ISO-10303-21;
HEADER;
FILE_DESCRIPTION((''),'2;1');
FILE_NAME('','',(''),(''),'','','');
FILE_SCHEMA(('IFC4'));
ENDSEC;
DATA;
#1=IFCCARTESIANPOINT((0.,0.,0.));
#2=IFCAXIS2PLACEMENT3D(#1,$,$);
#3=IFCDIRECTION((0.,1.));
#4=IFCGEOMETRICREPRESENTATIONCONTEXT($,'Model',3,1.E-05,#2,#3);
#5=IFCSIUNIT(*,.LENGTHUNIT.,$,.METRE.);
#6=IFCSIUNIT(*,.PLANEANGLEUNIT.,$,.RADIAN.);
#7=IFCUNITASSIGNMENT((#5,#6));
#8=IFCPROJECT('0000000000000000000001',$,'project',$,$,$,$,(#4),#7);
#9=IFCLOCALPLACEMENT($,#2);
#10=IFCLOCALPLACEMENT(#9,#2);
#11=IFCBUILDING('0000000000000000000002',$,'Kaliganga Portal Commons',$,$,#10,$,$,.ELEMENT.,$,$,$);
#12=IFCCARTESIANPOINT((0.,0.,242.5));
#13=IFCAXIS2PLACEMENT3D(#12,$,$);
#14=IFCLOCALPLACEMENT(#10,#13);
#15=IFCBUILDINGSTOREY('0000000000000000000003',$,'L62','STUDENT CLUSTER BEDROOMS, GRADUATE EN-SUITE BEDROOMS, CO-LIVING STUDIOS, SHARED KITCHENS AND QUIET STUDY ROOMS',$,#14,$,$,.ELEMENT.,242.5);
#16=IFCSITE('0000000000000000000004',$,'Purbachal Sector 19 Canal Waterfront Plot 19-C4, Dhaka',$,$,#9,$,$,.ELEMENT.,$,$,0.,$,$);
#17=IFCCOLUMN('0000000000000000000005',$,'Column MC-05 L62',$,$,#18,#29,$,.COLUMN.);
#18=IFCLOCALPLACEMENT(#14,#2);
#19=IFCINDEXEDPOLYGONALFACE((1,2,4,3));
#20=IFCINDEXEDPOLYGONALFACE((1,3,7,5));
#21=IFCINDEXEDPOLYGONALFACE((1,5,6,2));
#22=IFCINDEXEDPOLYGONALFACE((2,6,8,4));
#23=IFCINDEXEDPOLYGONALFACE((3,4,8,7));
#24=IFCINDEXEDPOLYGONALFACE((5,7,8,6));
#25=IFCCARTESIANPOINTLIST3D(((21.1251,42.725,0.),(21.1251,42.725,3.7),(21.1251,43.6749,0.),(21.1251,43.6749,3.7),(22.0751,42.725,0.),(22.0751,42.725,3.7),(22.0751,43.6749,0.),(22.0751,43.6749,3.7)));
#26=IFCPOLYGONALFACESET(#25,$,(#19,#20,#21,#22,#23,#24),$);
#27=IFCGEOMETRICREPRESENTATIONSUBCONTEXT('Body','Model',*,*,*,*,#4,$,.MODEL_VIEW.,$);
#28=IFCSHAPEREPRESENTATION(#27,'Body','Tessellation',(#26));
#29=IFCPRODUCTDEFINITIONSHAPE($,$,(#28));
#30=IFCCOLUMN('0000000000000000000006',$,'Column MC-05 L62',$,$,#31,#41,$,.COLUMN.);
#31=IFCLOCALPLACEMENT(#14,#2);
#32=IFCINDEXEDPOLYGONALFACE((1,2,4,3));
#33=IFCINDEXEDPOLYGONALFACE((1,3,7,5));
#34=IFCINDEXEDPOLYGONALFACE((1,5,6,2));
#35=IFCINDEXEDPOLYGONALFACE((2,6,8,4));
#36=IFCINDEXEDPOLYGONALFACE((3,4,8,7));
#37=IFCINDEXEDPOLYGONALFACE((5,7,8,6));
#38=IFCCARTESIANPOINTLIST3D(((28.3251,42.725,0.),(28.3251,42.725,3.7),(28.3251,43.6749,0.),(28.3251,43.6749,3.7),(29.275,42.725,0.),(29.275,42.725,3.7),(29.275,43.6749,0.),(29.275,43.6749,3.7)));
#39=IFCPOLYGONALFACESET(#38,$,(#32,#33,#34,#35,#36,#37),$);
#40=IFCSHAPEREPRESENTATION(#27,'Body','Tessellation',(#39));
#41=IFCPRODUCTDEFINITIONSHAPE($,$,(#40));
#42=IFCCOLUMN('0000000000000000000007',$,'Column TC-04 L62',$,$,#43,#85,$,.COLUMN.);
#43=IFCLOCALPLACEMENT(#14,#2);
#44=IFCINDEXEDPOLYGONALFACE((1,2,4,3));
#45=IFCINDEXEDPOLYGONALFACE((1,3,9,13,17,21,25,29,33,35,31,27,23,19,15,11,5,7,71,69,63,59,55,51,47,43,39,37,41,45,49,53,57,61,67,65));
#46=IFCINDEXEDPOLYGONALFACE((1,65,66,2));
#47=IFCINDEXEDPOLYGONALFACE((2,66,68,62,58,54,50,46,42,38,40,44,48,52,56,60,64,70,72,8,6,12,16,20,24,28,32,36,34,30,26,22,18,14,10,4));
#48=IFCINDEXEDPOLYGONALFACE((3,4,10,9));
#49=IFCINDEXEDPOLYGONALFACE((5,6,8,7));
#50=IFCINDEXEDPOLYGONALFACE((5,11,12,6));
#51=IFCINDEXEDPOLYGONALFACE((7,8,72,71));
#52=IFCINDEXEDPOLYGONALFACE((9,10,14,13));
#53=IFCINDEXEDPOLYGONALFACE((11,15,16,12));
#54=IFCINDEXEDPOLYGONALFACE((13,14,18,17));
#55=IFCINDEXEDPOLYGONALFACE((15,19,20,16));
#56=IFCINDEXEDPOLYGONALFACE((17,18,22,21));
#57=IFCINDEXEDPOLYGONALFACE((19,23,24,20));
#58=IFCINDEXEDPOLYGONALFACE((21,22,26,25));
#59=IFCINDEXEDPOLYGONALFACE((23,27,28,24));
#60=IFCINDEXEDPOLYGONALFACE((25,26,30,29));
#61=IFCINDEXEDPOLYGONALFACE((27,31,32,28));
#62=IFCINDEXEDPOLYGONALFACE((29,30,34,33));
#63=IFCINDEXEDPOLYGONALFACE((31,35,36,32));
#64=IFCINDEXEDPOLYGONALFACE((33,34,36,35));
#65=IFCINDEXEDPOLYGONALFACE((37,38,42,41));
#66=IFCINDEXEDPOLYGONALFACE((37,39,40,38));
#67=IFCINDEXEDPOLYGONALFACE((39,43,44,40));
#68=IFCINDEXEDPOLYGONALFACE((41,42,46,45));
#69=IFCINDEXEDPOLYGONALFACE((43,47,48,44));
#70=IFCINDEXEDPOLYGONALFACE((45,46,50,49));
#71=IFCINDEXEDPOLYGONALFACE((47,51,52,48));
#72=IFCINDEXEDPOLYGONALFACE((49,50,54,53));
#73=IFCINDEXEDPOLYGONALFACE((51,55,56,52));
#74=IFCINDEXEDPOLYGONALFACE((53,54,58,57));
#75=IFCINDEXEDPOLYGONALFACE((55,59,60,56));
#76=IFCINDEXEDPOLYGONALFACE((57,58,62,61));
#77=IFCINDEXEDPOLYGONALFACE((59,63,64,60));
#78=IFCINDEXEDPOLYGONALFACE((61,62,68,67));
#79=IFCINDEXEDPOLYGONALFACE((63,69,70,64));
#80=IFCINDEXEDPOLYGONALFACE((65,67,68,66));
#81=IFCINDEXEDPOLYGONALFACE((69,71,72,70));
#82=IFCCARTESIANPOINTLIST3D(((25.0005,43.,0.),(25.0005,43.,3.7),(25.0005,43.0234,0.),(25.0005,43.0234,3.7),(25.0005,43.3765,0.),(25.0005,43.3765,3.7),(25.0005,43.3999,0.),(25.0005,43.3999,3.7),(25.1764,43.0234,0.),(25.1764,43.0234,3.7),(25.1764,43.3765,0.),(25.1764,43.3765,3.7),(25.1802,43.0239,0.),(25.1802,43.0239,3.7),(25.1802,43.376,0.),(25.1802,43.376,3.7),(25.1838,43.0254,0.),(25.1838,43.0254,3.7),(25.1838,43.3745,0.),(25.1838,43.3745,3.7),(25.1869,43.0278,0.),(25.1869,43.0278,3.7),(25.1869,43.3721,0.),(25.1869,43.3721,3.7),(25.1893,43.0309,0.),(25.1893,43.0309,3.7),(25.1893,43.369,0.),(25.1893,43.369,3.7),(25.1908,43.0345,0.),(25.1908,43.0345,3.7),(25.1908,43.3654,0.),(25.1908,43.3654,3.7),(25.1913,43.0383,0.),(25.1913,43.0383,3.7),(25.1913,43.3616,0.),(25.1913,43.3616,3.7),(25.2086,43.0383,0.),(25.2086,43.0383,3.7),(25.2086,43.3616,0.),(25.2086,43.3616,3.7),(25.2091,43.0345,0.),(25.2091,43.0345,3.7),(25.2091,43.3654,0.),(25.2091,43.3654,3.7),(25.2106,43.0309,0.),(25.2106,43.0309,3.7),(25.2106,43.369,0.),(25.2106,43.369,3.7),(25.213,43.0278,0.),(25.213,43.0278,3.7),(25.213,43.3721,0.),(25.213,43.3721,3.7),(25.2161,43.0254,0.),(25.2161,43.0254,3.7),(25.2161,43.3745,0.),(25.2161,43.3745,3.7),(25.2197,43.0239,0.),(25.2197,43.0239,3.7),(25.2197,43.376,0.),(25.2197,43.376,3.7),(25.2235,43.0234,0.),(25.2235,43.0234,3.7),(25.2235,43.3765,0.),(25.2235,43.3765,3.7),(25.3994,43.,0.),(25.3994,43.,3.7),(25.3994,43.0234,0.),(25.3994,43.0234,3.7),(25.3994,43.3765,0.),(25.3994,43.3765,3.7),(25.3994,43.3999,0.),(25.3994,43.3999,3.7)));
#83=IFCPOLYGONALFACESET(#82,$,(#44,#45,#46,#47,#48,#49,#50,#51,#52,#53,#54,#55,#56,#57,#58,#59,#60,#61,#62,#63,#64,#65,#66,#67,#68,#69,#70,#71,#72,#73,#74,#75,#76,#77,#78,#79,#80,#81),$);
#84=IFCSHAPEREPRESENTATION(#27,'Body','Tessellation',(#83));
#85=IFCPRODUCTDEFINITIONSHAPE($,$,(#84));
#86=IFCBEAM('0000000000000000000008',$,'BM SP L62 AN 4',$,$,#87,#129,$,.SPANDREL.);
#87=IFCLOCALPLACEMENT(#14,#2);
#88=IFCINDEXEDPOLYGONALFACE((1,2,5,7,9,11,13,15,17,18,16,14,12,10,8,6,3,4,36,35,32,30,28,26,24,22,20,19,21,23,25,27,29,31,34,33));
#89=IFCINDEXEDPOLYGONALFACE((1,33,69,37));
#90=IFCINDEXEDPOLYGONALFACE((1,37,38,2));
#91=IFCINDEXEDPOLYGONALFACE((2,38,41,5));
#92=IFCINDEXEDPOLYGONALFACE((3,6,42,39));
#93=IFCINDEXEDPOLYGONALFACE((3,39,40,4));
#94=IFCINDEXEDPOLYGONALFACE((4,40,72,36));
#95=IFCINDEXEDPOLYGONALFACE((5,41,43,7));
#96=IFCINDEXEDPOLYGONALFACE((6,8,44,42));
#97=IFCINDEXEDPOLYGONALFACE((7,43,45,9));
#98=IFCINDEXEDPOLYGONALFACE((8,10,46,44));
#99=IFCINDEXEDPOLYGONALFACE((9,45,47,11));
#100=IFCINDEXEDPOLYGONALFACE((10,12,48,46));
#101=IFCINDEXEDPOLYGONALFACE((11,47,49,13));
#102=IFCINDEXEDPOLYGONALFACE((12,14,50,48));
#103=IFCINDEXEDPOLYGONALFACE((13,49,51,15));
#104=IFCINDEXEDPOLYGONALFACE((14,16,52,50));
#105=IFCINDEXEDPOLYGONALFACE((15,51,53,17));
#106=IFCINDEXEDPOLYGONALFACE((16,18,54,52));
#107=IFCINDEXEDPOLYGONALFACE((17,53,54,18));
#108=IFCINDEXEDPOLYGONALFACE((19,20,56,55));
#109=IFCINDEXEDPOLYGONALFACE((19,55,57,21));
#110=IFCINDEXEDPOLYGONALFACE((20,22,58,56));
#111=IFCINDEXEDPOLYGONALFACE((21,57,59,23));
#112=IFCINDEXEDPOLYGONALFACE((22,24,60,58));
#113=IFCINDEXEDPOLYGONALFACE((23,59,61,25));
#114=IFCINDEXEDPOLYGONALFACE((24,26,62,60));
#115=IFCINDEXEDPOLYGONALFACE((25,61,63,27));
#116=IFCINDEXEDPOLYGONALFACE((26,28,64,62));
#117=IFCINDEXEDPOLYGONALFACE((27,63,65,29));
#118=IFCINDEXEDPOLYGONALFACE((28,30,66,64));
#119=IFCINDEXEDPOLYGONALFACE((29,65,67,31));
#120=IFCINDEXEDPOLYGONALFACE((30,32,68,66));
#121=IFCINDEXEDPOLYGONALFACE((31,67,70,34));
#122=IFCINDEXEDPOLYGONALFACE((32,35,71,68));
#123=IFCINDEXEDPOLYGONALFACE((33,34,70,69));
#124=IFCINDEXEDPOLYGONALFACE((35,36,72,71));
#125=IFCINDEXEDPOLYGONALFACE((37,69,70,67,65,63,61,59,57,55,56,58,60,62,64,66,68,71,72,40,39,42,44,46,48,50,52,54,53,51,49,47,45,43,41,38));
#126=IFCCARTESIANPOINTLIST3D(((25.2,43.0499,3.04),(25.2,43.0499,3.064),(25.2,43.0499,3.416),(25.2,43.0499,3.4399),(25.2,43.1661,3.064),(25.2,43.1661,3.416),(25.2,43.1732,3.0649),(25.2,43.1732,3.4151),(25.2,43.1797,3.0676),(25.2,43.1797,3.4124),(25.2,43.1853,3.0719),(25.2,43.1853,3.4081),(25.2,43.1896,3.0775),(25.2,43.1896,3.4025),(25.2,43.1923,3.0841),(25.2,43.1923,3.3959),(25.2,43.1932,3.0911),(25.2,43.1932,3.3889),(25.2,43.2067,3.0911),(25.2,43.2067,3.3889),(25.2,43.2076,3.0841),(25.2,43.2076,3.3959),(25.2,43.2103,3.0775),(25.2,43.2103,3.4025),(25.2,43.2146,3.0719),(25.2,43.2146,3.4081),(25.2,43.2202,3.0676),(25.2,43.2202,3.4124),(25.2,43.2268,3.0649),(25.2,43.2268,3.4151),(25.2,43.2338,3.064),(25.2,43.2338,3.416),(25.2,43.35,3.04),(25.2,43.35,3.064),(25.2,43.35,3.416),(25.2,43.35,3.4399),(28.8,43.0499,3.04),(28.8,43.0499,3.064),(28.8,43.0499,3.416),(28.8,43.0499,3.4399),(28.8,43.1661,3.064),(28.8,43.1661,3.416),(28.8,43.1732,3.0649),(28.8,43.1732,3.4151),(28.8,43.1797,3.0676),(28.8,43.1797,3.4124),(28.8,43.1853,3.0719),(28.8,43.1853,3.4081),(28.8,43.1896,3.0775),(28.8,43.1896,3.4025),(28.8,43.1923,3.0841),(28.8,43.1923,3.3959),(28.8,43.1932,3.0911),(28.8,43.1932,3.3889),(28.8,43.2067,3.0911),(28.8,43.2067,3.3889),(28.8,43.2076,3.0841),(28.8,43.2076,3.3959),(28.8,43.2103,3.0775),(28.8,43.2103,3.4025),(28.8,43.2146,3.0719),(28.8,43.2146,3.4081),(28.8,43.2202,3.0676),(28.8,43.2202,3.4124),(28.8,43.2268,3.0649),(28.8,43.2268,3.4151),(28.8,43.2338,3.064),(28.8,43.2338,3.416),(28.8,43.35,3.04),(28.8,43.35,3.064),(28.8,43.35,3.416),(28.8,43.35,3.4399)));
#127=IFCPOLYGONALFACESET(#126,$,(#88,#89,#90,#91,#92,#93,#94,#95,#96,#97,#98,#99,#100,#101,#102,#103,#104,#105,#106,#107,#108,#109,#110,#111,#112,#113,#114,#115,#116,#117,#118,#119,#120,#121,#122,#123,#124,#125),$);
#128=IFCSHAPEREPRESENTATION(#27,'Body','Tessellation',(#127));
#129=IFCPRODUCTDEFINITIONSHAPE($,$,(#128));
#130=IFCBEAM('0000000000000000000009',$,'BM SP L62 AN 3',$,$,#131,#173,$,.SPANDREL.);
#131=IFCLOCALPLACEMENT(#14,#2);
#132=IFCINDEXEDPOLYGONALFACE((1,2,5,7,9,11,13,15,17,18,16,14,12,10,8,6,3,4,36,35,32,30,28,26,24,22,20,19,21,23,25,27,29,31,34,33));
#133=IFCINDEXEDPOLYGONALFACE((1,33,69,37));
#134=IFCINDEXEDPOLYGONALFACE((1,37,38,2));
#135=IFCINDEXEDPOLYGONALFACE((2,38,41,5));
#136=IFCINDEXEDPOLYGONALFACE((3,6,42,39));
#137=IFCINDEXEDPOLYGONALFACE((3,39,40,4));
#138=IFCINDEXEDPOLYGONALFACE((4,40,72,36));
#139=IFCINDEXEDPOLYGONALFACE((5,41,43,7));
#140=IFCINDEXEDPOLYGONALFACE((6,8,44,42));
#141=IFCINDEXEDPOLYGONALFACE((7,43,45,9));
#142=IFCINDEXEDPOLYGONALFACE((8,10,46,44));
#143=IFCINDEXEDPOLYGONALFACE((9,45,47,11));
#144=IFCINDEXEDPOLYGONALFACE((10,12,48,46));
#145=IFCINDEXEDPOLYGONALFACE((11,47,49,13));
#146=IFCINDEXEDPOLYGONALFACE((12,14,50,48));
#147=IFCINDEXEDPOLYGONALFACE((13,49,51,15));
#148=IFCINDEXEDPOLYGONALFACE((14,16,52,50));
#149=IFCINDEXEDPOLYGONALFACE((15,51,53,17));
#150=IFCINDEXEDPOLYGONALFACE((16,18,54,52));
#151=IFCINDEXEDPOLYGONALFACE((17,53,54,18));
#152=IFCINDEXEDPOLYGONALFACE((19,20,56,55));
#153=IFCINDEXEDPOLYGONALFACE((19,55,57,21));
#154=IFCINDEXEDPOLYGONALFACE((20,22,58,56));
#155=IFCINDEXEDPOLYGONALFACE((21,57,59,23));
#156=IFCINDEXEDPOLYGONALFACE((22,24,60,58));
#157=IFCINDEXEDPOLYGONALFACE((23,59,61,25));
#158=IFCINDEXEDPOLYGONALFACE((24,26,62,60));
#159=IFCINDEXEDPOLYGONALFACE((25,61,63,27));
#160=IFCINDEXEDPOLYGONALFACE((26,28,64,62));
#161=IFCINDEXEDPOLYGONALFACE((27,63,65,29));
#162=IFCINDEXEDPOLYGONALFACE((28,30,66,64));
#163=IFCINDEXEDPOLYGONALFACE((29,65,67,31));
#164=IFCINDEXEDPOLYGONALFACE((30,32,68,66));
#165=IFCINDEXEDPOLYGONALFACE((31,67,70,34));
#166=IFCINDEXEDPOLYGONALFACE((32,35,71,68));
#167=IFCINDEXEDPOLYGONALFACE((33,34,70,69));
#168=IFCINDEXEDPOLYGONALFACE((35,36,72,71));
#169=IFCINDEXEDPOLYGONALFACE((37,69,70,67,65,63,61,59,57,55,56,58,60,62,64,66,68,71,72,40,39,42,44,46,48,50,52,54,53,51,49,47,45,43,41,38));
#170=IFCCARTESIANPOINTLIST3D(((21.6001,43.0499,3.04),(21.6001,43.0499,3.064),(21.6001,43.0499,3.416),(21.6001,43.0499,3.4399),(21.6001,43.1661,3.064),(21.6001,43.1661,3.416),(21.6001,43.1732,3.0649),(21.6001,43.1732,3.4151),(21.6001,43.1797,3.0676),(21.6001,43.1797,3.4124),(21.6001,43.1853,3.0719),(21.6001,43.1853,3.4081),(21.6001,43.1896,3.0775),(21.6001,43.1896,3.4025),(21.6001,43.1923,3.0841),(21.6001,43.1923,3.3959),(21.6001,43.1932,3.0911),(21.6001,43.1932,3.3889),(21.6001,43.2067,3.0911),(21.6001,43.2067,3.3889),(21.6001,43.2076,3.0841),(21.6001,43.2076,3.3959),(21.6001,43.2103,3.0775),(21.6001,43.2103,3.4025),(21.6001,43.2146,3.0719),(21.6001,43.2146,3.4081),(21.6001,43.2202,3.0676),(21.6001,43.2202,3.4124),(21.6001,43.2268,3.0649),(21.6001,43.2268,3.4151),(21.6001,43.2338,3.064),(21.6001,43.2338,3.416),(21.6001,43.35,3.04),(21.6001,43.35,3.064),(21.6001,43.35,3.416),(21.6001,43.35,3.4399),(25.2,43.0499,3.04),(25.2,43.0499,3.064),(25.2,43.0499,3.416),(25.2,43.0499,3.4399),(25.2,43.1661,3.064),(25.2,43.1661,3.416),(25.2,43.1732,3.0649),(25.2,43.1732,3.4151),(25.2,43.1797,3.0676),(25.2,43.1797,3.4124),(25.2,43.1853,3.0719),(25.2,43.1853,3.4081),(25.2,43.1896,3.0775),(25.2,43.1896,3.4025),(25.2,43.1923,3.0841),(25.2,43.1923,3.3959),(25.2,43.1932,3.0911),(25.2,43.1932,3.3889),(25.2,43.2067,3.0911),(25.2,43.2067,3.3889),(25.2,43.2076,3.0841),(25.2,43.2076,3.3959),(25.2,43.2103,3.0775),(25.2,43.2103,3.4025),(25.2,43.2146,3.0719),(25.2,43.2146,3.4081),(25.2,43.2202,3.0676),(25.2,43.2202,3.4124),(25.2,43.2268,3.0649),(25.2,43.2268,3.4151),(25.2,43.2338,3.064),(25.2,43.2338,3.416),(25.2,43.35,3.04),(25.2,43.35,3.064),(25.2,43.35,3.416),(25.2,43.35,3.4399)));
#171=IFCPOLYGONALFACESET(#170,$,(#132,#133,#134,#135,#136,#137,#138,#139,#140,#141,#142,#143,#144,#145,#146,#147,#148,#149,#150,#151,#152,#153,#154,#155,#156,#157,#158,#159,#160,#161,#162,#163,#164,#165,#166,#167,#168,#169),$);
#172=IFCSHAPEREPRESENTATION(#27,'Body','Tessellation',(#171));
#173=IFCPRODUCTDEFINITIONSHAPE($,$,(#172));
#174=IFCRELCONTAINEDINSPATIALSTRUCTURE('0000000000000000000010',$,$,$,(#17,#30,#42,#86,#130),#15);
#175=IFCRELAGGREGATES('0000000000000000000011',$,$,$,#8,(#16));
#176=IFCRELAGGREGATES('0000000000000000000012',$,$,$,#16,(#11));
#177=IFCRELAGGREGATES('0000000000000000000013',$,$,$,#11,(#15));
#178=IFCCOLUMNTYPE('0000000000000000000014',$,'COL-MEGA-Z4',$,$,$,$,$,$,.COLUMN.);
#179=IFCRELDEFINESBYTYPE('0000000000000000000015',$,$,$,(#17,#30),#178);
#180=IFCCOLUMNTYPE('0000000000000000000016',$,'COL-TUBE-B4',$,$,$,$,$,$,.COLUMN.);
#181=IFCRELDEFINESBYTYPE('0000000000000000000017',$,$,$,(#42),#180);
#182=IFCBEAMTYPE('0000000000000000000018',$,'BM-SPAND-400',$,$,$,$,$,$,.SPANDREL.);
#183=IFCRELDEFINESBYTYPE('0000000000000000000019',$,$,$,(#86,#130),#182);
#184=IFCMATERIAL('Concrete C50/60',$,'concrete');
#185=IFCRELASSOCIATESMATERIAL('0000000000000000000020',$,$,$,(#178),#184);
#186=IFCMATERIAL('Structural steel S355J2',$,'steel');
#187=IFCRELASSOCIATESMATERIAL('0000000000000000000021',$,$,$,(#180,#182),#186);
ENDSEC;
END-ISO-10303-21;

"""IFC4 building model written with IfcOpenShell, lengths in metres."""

from ifc_helpers import new_model, si_unit, direction, frame, origin, origin_2d, place, context, subcontext, project, spatial, rectangle, i_section, extrude, source, transform, mapped, material, material_profile, profile_set, type_object, element, save


model = new_model("IFC4")

# Units and contexts
model_context = context("Model", 3, precision=1e-05, world=origin(), true_north=direction((0.0, 1.0)))
body_context = subcontext(model_context, "Body", "Model", "MODEL_VIEW")
ifc_project = project(units=[si_unit("LENGTHUNIT", "METRE"), si_unit("PLANEANGLEUNIT", "RADIAN")], contexts=[model_context])

# Site, building, storey
site_placement = place(None, origin())
site = spatial("IfcSite", under=ifc_project, at=site_placement, Name="Purbachal Sector 19 Canal Waterfront Plot 19-C4, Dhaka", CompositionType="ELEMENT", RefElevation=0.0)
building_placement = place(site_placement, origin())
building = spatial("IfcBuilding", under=site, at=building_placement, Name="Kaliganga Portal Commons", CompositionType="ELEMENT")
storey_placement = place(building_placement, frame((0.0, 0.0, 242.5)))
storey = spatial("IfcBuildingStorey", under=building, at=storey_placement, Name="L62", Description="STUDENT CLUSTER BEDROOMS, GRADUATE EN-SUITE BEDROOMS, CO-LIVING STUDIOS, SHARED KITCHENS AND QUIET STUDY ROOMS", CompositionType="ELEMENT", Elevation=242.5)

# Columns
ifc_material_1 = material(Name="Concrete C50/60", Category="concrete")
ifc_material_profile_1 = material_profile(ifc_material_1, rectangle(XDim=0.95, YDim=0.95, at=origin_2d()), Name="RC 950x950")
ifc_profile_set_1 = profile_set([ifc_material_profile_1], Name="Concrete C50/60")
column_type_1 = type_object("IfcColumnType", Name="COL-MEGA-Z4", PredefinedType="COLUMN", material=ifc_profile_set_1)
shared_shape_1 = source(origin(), body_context, "Body", "SweptSolid", [
    extrude(rectangle(XDim=0.95, YDim=0.95, at=origin_2d()), origin(), (0.0, 0.0, 1.0), 3.7),
])
for number, where, z_axis, x_axis, name in (
    (1, (21.6001, 43.2, 0.0), (0.0, 0.0, 1.0), (1.0, 0.0, 0.0), "Column MC-05 L62"),
    (2, (28.8, 43.2, 0.0), (0.0, 0.0, 1.0), (1.0, 0.0, 0.0), "Column MC-05 L62"),
):
    element("IfcColumn", number, at=place(storey_placement, frame(where, z_axis=z_axis, x_axis=x_axis)), inside=storey, type_object=column_type_1, Name=name, PredefinedType="COLUMN", context=body_context, shape_type="MappedRepresentation", body=[
        mapped(shared_shape_1, transform((0.0, 0.0, 0.0), x_axis=(1.0, 0.0, 0.0), y_axis=(0.0, 1.0, 0.0), z_axis=(0.0, 0.0, 1.0), scale=1.0)),
    ])
ifc_material_2 = material(Name="Structural steel S355J2", Category="steel")
ifc_material_profile_2 = material_profile(ifc_material_2, i_section(OverallWidth=0.3989, OverallDepth=0.3999, WebThickness=0.0173, FlangeThickness=0.0234, FilletRadius=0.0149, at=origin_2d()), Name="HD 400x287")
ifc_profile_set_2 = profile_set([ifc_material_profile_2], Name="Structural steel S355J2 wide-flange")
column_type_2 = type_object("IfcColumnType", Name="COL-TUBE-B4", PredefinedType="COLUMN", material=ifc_profile_set_2)
shared_shape_2 = source(origin(), body_context, "Body", "SweptSolid", [
    extrude(i_section(OverallWidth=0.3989, OverallDepth=0.3999, WebThickness=0.0173, FlangeThickness=0.0234, FilletRadius=0.0149, at=origin_2d()), origin(), (0.0, 0.0, 1.0), 3.7),
])
column_placement = place(storey_placement, frame((25.2, 43.2, 0.0), z_axis=(0.0, 0.0, 1.0), x_axis=(1.0, 0.0, 0.0)))
element("IfcColumn", 3, at=column_placement, inside=storey, type_object=column_type_2, Name="Column TC-04 L62", PredefinedType="COLUMN", context=body_context, shape_type="MappedRepresentation", body=[
    mapped(shared_shape_2, transform((0.0, 0.0, 0.0), x_axis=(1.0, 0.0, 0.0), y_axis=(0.0, 1.0, 0.0), z_axis=(0.0, 0.0, 1.0), scale=1.0)),
])

# Beams
ifc_material_profile_3 = material_profile(ifc_material_2, i_section(OverallWidth=0.3, OverallDepth=0.3999, WebThickness=0.0134, FlangeThickness=0.0239, FilletRadius=0.0271, at=origin_2d()), Name="HE 400 B")
ifc_profile_set_3 = profile_set([ifc_material_profile_3], Name="Structural steel S355J2 wide-flange")
beam_type_1 = type_object("IfcBeamType", Name="BM-SPAND-400", PredefinedType="SPANDREL", material=ifc_profile_set_3)
shared_shape_3 = source(origin(), body_context, "Body", "SweptSolid", [
    extrude(i_section(OverallWidth=0.3, OverallDepth=0.3999, WebThickness=0.0134, FlangeThickness=0.0239, FilletRadius=0.0271, at=origin_2d()), origin(), (0.0, 0.0, 1.0), 3.6001),
])
beam_1_placement = place(storey_placement, frame((25.2, 43.2, 3.24), z_axis=(1.0, 0.0, 0.0), x_axis=(0.0, 1.0, 0.0)))
element("IfcBeam", 4, at=beam_1_placement, inside=storey, type_object=beam_type_1, Name="BM SP L62 AN 4", PredefinedType="SPANDREL", context=body_context, shape_type="MappedRepresentation", body=[
    mapped(shared_shape_3, transform((0.0, 0.0, 0.0), x_axis=(1.0, 0.0, 0.0), y_axis=(0.0, 1.0, 0.0), z_axis=(0.0, 0.0, 1.0), scale=1.0)),
])
shared_shape_4 = source(origin(), body_context, "Body", "SweptSolid", [
    extrude(i_section(OverallWidth=0.3, OverallDepth=0.3999, WebThickness=0.0134, FlangeThickness=0.0239, FilletRadius=0.0271, at=origin_2d()), origin(), (0.0, 0.0, 1.0), 3.5999),
])
beam_2_placement = place(storey_placement, frame((21.6001, 43.2, 3.24), z_axis=(1.0, 0.0, 0.0), x_axis=(0.0, 1.0, 0.0)))
element("IfcBeam", 5, at=beam_2_placement, inside=storey, type_object=beam_type_1, Name="BM SP L62 AN 3", PredefinedType="SPANDREL", context=body_context, shape_type="MappedRepresentation", body=[
    mapped(shared_shape_4, transform((0.0, 0.0, 0.0), x_axis=(1.0, 0.0, 0.0), y_axis=(0.0, 1.0, 0.0), z_axis=(0.0, 0.0, 1.0), scale=1.0)),
])

save(model, "model.ifc")
